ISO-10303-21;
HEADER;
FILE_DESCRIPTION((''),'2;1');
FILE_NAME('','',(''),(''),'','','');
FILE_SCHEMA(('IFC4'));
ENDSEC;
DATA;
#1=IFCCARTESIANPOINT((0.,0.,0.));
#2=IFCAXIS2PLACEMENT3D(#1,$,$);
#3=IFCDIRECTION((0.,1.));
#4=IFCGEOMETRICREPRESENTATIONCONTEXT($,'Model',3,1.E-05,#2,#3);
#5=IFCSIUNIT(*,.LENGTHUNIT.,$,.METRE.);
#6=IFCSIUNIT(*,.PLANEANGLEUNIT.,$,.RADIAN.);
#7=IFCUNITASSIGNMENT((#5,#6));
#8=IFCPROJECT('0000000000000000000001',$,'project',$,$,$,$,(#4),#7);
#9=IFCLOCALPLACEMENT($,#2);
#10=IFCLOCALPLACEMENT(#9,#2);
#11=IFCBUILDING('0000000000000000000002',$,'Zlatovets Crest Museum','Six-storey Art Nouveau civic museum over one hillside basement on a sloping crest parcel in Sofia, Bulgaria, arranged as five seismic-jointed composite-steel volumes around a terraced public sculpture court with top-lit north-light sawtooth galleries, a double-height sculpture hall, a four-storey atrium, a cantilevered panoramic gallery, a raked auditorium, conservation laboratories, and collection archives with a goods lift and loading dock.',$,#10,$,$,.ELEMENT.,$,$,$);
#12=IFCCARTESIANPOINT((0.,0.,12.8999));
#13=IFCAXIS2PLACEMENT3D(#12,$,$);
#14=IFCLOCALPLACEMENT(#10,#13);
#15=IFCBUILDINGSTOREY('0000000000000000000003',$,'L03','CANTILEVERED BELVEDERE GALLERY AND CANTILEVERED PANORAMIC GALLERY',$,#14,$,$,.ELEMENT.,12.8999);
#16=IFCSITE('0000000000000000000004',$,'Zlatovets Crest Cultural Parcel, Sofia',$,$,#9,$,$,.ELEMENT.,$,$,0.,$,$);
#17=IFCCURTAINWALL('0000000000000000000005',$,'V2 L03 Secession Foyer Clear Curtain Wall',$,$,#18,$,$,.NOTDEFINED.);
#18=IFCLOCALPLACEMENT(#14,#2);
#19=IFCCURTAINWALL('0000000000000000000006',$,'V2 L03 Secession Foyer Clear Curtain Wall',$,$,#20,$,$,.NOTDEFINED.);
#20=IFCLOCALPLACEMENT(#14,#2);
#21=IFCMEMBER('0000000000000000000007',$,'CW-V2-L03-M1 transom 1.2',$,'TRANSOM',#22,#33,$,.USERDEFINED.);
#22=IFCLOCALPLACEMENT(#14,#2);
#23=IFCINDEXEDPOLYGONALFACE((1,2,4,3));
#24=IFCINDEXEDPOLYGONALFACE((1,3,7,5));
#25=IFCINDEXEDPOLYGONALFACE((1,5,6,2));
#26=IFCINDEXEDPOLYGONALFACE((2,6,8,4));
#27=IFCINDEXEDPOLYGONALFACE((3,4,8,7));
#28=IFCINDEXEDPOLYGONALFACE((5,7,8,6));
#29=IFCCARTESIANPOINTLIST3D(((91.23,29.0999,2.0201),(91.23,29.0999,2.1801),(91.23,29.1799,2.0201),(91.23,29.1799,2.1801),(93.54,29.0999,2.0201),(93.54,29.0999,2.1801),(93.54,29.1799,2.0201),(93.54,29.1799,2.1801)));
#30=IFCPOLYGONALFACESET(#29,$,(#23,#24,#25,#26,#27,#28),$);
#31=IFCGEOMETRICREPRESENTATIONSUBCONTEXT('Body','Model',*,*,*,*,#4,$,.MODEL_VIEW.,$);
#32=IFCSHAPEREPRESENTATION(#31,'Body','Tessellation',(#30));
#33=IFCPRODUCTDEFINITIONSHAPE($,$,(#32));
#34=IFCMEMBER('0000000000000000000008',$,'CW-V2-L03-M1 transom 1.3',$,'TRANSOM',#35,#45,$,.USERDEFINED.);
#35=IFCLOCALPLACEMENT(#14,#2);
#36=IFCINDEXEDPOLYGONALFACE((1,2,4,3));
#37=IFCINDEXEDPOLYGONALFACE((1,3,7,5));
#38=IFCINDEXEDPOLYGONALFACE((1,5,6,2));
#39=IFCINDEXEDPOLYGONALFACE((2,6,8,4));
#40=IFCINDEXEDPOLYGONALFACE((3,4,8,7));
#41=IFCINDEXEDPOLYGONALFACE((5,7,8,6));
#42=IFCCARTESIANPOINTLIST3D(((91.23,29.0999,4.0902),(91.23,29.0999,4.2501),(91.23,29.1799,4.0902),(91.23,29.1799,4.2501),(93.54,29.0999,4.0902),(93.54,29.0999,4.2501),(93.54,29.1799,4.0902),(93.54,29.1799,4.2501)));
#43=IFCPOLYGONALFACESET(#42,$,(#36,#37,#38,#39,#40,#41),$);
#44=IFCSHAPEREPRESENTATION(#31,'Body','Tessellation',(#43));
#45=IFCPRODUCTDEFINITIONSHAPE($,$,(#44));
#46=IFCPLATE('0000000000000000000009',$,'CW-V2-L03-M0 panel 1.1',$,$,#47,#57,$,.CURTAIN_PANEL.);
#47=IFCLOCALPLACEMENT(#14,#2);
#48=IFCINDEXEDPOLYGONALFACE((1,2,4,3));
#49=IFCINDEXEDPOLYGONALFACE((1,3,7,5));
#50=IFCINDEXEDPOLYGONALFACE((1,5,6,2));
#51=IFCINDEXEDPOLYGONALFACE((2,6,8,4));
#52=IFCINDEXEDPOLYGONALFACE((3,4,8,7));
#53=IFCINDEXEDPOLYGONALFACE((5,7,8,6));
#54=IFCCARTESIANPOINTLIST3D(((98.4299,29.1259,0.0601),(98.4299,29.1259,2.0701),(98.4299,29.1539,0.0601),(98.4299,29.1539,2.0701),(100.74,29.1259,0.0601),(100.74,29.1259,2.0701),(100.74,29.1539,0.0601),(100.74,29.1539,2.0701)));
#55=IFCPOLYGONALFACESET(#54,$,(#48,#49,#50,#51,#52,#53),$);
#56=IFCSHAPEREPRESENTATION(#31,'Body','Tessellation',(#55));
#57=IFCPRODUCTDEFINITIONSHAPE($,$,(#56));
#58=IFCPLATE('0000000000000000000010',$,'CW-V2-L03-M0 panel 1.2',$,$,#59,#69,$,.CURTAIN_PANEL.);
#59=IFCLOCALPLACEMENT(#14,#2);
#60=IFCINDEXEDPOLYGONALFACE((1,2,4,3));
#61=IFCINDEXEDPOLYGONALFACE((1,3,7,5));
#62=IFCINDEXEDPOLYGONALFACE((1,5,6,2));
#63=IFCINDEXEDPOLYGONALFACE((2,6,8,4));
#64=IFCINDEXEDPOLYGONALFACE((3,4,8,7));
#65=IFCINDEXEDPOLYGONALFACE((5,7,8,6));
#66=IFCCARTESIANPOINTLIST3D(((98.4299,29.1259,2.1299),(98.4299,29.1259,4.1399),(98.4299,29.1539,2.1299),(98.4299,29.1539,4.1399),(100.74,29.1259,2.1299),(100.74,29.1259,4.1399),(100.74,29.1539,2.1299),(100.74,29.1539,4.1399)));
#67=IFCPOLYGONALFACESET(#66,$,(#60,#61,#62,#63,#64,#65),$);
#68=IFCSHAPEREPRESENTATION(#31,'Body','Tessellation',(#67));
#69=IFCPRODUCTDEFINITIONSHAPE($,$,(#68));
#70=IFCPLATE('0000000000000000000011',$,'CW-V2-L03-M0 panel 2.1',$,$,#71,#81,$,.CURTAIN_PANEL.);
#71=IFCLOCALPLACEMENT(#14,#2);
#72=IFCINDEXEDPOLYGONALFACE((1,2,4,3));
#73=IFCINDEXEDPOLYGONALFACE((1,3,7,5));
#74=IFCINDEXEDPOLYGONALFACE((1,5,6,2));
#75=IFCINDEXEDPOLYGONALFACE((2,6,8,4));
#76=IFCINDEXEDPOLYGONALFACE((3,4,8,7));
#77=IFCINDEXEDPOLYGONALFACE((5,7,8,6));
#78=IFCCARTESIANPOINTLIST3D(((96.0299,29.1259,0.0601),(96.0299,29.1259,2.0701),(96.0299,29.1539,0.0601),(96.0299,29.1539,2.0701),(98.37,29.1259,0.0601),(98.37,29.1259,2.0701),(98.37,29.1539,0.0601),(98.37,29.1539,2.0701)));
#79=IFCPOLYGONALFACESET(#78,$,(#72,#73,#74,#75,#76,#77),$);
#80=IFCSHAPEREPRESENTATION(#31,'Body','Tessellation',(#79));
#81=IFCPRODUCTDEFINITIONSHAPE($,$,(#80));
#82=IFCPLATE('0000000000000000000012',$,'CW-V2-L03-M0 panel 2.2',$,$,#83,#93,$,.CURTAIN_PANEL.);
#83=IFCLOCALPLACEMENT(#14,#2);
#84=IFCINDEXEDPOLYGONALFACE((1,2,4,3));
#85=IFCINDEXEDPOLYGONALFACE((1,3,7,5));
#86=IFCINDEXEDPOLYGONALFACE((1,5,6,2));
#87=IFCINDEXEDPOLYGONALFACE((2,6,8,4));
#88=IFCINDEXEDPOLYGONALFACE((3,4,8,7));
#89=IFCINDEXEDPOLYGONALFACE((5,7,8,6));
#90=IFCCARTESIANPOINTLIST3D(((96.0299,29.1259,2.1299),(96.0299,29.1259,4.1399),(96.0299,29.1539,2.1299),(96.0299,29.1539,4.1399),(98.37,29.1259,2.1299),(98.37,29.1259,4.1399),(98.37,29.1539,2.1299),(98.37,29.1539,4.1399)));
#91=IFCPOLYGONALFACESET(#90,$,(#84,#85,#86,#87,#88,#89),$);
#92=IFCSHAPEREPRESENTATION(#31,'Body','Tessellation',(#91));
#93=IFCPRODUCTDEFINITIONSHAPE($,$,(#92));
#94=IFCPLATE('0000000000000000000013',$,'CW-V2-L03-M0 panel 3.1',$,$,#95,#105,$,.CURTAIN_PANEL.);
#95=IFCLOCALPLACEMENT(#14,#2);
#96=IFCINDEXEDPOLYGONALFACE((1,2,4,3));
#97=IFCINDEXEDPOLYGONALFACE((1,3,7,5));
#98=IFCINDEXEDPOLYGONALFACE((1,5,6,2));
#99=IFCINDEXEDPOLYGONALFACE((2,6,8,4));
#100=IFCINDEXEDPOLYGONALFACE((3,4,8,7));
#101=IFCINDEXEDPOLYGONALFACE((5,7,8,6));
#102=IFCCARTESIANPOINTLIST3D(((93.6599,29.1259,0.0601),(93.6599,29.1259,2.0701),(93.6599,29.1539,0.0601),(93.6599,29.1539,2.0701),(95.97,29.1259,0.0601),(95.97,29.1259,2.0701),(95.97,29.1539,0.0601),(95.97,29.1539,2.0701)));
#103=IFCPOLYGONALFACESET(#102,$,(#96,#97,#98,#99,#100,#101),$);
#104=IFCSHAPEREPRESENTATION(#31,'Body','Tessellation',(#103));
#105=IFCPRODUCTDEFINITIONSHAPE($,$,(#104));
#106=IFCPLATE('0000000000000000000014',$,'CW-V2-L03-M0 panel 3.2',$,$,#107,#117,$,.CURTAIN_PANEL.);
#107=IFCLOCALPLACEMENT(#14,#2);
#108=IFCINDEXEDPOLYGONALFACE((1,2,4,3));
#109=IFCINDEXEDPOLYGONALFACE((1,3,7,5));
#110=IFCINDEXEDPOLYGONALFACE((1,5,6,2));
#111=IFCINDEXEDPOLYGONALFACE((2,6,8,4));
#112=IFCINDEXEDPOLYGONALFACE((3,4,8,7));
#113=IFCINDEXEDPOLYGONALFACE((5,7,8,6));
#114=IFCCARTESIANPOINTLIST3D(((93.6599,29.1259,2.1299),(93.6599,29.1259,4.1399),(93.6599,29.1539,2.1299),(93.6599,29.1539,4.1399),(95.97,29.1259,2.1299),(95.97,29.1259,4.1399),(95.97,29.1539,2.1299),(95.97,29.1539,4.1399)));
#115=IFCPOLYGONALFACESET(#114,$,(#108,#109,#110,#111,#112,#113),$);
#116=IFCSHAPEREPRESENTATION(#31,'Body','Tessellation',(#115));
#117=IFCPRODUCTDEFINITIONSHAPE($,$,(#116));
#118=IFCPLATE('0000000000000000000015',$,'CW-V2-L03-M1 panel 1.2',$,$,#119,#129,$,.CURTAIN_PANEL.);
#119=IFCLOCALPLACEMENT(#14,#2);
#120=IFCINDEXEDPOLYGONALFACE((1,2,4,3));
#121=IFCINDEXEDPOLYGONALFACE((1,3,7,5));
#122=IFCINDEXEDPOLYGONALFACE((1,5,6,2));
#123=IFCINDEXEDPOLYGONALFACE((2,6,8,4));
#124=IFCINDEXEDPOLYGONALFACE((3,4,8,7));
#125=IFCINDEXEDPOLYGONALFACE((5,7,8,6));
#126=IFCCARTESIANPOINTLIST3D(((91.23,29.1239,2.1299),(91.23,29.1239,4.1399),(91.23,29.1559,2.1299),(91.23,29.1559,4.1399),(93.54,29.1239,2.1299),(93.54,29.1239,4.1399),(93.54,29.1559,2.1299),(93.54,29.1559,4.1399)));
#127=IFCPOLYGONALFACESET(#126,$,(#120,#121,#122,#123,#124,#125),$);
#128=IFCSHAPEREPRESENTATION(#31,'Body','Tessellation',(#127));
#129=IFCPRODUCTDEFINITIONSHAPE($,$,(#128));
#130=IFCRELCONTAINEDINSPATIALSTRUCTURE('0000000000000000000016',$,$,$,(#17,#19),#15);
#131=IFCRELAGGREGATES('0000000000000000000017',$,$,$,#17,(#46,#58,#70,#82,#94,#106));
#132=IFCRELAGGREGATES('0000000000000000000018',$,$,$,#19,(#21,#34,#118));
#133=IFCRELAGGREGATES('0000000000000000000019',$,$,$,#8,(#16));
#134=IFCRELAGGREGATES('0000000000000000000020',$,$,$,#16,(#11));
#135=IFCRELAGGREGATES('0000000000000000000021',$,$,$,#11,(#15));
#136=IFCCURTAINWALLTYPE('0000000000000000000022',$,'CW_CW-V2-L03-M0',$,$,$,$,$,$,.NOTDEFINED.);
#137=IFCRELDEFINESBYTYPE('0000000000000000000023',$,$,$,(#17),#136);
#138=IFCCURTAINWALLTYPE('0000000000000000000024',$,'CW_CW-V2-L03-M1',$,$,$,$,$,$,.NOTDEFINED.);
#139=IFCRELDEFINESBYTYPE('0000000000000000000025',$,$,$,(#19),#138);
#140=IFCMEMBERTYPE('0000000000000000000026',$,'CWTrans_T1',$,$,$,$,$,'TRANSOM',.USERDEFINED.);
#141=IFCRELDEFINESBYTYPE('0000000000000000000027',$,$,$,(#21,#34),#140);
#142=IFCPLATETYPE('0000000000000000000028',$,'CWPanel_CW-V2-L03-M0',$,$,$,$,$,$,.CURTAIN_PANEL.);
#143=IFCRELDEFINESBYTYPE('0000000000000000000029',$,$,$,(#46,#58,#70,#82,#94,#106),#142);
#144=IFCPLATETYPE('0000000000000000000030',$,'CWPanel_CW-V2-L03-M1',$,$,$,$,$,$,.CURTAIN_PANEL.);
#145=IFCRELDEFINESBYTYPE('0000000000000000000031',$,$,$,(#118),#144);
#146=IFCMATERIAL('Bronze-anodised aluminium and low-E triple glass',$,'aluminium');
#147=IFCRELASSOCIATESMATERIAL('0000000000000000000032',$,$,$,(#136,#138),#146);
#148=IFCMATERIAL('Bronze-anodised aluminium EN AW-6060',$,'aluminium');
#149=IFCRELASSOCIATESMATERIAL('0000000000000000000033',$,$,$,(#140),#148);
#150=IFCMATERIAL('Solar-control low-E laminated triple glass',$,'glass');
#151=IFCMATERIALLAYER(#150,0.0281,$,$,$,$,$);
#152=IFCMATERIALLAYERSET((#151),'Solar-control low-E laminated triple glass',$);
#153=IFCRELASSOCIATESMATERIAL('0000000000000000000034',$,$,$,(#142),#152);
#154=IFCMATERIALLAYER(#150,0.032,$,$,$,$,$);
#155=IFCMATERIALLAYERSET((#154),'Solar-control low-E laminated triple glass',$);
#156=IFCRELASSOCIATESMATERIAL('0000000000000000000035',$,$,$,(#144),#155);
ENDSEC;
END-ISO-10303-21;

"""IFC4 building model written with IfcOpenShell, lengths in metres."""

from ifc_helpers import new_model, si_unit, direction, frame, origin, origin_2d, place, context, subcontext, project, spatial, rectangle, extrude, material, layer, layer_set, material_profile, profile_set, type_object, element, aggregate, save


model = new_model("IFC4")

# Units and contexts
model_context = context("Model", 3, precision=1e-05, world=origin(), true_north=direction((0.0, 1.0)))
body_context = subcontext(model_context, "Body", "Model", "MODEL_VIEW")
ifc_project = project(units=[si_unit("LENGTHUNIT", "METRE"), si_unit("PLANEANGLEUNIT", "RADIAN")], contexts=[model_context])

# Site, building, storey
site_placement = place(None, origin())
site = spatial("IfcSite", under=ifc_project, at=site_placement, Name="Zlatovets Crest Cultural Parcel, Sofia", CompositionType="ELEMENT", RefElevation=0.0)
building_placement = place(site_placement, origin())
building = spatial("IfcBuilding", under=site, at=building_placement, Name="Zlatovets Crest Museum", Description="Six-storey Art Nouveau civic museum over one hillside basement on a sloping crest parcel in Sofia, Bulgaria, arranged as five seismic-jointed composite-steel volumes around a terraced public sculpture court with top-lit north-light sawtooth galleries, a double-height sculpture hall, a four-storey atrium, a cantilevered panoramic gallery, a raked auditorium, conservation laboratories, and collection archives with a goods lift and loading dock.", CompositionType="ELEMENT")
storey_placement = place(building_placement, frame((0.0, 0.0, 12.8999)))
storey = spatial("IfcBuildingStorey", under=building, at=storey_placement, Name="L03", Description="CANTILEVERED BELVEDERE GALLERY AND CANTILEVERED PANORAMIC GALLERY", CompositionType="ELEMENT", Elevation=12.8999)

# Curtain wall
ifc_material_1 = material(Name="Bronze-anodised aluminium and low-E triple glass", Category="aluminium")
curtain_wall_type_1 = type_object("IfcCurtainWallType", Name="CW_CW-V2-L03-M0", PredefinedType="NOTDEFINED", material=ifc_material_1)
curtain_wall_1_placement = place(storey_placement, origin())
curtain_wall_1 = element("IfcCurtainWall", 1, at=curtain_wall_1_placement, inside=storey, type_object=curtain_wall_type_1, Name="V2 L03 Secession Foyer Clear Curtain Wall", PredefinedType="NOTDEFINED")
ifc_material_2 = material(Name="Bronze-anodised aluminium EN AW-6060", Category="aluminium")

# Curtain wall
curtain_wall_type_2 = type_object("IfcCurtainWallType", Name="CW_CW-V2-L03-M1", PredefinedType="NOTDEFINED", material=ifc_material_1)
curtain_wall_2_placement = place(storey_placement, origin())
curtain_wall_2 = element("IfcCurtainWall", 2, at=curtain_wall_2_placement, inside=storey, type_object=curtain_wall_type_2, Name="V2 L03 Secession Foyer Clear Curtain Wall", PredefinedType="NOTDEFINED")

# Members
ifc_material_profile_1 = material_profile(ifc_material_2, rectangle(XDim=0.0801, YDim=0.1599, at=origin_2d()), Name="ALU 80x160")
ifc_profile_set_1 = profile_set([ifc_material_profile_1], Name="Bronze-anodised aluminium EN AW-6060")
member_type_1 = type_object("IfcMemberType", Name="CWTrans_T1", ElementType="TRANSOM", PredefinedType="USERDEFINED", material=ifc_profile_set_1)
member_1_placement = place(storey_placement, frame((93.54, 29.1399, 2.1001), z_axis=(-1.0, 0.0, 0.0), x_axis=(0.0, -1.0, 0.0)))
member_1 = element("IfcMember", 3, at=member_1_placement, type_object=member_type_1, Name="CW-V2-L03-M1 transom 1.2", ObjectType="TRANSOM", PredefinedType="USERDEFINED", context=body_context, shape_type="SweptSolid", body=[
    extrude(rectangle(XDim=0.0801, YDim=0.1599, at=origin_2d()), origin(), (0.0, 0.0, 1.0), 2.3101),
])
member_2_placement = place(storey_placement, frame((93.54, 29.1399, 4.1702), z_axis=(-1.0, 0.0, 0.0), x_axis=(0.0, -1.0, 0.0)))
member_2 = element("IfcMember", 4, at=member_2_placement, type_object=member_type_1, Name="CW-V2-L03-M1 transom 1.3", ObjectType="TRANSOM", PredefinedType="USERDEFINED", context=body_context, shape_type="SweptSolid", body=[
    extrude(rectangle(XDim=0.0801, YDim=0.1599, at=origin_2d()), origin(), (0.0, 0.0, 1.0), 2.3101),
])

# Plates
ifc_material_3 = material(Name="Solar-control low-E laminated triple glass", Category="glass")
ifc_layer_1 = layer(ifc_material_3, 0.0281)
ifc_layer_set_1 = layer_set([ifc_layer_1], Name="Solar-control low-E laminated triple glass")
plate_type_1 = type_object("IfcPlateType", Name="CWPanel_CW-V2-L03-M0", PredefinedType="CURTAIN_PANEL", material=ifc_layer_set_1)
plate_1_placement = place(storey_placement, frame((99.585, 29.1399, 0.0601), z_axis=(0.0, 0.0, 1.0), x_axis=(-1.0, 0.0, 0.0)))
plate_1 = element("IfcPlate", 5, at=plate_1_placement, type_object=plate_type_1, Name="CW-V2-L03-M0 panel 1.1", PredefinedType="CURTAIN_PANEL", context=body_context, shape_type="SweptSolid", body=[
    extrude(rectangle(XDim=2.3101, YDim=0.0281, at=origin_2d()), origin(), (0.0, 0.0, 1.0), 2.01),
])
plate_2_placement = place(storey_placement, frame((99.585, 29.1399, 2.1299), z_axis=(0.0, 0.0, 1.0), x_axis=(-1.0, 0.0, 0.0)))
plate_2 = element("IfcPlate", 6, at=plate_2_placement, type_object=plate_type_1, Name="CW-V2-L03-M0 panel 1.2", PredefinedType="CURTAIN_PANEL", context=body_context, shape_type="SweptSolid", body=[
    extrude(rectangle(XDim=2.3101, YDim=0.0281, at=origin_2d()), origin(), (0.0, 0.0, 1.0), 2.01),
])
plate_3_placement = place(storey_placement, frame((97.2, 29.1399, 0.0601), z_axis=(0.0, 0.0, 1.0), x_axis=(-1.0, 0.0, 0.0)))
plate_3 = element("IfcPlate", 7, at=plate_3_placement, type_object=plate_type_1, Name="CW-V2-L03-M0 panel 2.1", PredefinedType="CURTAIN_PANEL", context=body_context, shape_type="SweptSolid", body=[
    extrude(rectangle(XDim=2.3401, YDim=0.0281, at=origin_2d()), origin(), (0.0, 0.0, 1.0), 2.01),
])
plate_4_placement = place(storey_placement, frame((97.2, 29.1399, 2.1299), z_axis=(0.0, 0.0, 1.0), x_axis=(-1.0, 0.0, 0.0)))
plate_4 = element("IfcPlate", 8, at=plate_4_placement, type_object=plate_type_1, Name="CW-V2-L03-M0 panel 2.2", PredefinedType="CURTAIN_PANEL", context=body_context, shape_type="SweptSolid", body=[
    extrude(rectangle(XDim=2.3401, YDim=0.0281, at=origin_2d()), origin(), (0.0, 0.0, 1.0), 2.01),
])
plate_5_placement = place(storey_placement, frame((94.8149, 29.1399, 0.0601), z_axis=(0.0, 0.0, 1.0), x_axis=(-1.0, 0.0, 0.0)))
plate_5 = element("IfcPlate", 9, at=plate_5_placement, type_object=plate_type_1, Name="CW-V2-L03-M0 panel 3.1", PredefinedType="CURTAIN_PANEL", context=body_context, shape_type="SweptSolid", body=[
    extrude(rectangle(XDim=2.3101, YDim=0.0281, at=origin_2d()), origin(), (0.0, 0.0, 1.0), 2.01),
])
plate_6_placement = place(storey_placement, frame((94.8149, 29.1399, 2.1299), z_axis=(0.0, 0.0, 1.0), x_axis=(-1.0, 0.0, 0.0)))
plate_6 = element("IfcPlate", 10, at=plate_6_placement, type_object=plate_type_1, Name="CW-V2-L03-M0 panel 3.2", PredefinedType="CURTAIN_PANEL", context=body_context, shape_type="SweptSolid", body=[
    extrude(rectangle(XDim=2.3101, YDim=0.0281, at=origin_2d()), origin(), (0.0, 0.0, 1.0), 2.01),
])
aggregate(curtain_wall_1, [plate_1, plate_2, plate_3, plate_4, plate_5, plate_6])
ifc_layer_2 = layer(ifc_material_3, 0.032)
ifc_layer_set_2 = layer_set([ifc_layer_2], Name="Solar-control low-E laminated triple glass")
plate_type_2 = type_object("IfcPlateType", Name="CWPanel_CW-V2-L03-M1", PredefinedType="CURTAIN_PANEL", material=ifc_layer_set_2)
plate_7_placement = place(storey_placement, frame((92.385, 29.1399, 2.1299), z_axis=(0.0, 0.0, 1.0), x_axis=(-1.0, 0.0, 0.0)))
plate_7 = element("IfcPlate", 11, at=plate_7_placement, type_object=plate_type_2, Name="CW-V2-L03-M1 panel 1.2", PredefinedType="CURTAIN_PANEL", context=body_context, shape_type="SweptSolid", body=[
    extrude(rectangle(XDim=2.3101, YDim=0.032, at=origin_2d()), origin(), (0.0, 0.0, 1.0), 2.01),
])
aggregate(curtain_wall_2, [member_1, member_2, plate_7])

save(model, "model.ifc")
